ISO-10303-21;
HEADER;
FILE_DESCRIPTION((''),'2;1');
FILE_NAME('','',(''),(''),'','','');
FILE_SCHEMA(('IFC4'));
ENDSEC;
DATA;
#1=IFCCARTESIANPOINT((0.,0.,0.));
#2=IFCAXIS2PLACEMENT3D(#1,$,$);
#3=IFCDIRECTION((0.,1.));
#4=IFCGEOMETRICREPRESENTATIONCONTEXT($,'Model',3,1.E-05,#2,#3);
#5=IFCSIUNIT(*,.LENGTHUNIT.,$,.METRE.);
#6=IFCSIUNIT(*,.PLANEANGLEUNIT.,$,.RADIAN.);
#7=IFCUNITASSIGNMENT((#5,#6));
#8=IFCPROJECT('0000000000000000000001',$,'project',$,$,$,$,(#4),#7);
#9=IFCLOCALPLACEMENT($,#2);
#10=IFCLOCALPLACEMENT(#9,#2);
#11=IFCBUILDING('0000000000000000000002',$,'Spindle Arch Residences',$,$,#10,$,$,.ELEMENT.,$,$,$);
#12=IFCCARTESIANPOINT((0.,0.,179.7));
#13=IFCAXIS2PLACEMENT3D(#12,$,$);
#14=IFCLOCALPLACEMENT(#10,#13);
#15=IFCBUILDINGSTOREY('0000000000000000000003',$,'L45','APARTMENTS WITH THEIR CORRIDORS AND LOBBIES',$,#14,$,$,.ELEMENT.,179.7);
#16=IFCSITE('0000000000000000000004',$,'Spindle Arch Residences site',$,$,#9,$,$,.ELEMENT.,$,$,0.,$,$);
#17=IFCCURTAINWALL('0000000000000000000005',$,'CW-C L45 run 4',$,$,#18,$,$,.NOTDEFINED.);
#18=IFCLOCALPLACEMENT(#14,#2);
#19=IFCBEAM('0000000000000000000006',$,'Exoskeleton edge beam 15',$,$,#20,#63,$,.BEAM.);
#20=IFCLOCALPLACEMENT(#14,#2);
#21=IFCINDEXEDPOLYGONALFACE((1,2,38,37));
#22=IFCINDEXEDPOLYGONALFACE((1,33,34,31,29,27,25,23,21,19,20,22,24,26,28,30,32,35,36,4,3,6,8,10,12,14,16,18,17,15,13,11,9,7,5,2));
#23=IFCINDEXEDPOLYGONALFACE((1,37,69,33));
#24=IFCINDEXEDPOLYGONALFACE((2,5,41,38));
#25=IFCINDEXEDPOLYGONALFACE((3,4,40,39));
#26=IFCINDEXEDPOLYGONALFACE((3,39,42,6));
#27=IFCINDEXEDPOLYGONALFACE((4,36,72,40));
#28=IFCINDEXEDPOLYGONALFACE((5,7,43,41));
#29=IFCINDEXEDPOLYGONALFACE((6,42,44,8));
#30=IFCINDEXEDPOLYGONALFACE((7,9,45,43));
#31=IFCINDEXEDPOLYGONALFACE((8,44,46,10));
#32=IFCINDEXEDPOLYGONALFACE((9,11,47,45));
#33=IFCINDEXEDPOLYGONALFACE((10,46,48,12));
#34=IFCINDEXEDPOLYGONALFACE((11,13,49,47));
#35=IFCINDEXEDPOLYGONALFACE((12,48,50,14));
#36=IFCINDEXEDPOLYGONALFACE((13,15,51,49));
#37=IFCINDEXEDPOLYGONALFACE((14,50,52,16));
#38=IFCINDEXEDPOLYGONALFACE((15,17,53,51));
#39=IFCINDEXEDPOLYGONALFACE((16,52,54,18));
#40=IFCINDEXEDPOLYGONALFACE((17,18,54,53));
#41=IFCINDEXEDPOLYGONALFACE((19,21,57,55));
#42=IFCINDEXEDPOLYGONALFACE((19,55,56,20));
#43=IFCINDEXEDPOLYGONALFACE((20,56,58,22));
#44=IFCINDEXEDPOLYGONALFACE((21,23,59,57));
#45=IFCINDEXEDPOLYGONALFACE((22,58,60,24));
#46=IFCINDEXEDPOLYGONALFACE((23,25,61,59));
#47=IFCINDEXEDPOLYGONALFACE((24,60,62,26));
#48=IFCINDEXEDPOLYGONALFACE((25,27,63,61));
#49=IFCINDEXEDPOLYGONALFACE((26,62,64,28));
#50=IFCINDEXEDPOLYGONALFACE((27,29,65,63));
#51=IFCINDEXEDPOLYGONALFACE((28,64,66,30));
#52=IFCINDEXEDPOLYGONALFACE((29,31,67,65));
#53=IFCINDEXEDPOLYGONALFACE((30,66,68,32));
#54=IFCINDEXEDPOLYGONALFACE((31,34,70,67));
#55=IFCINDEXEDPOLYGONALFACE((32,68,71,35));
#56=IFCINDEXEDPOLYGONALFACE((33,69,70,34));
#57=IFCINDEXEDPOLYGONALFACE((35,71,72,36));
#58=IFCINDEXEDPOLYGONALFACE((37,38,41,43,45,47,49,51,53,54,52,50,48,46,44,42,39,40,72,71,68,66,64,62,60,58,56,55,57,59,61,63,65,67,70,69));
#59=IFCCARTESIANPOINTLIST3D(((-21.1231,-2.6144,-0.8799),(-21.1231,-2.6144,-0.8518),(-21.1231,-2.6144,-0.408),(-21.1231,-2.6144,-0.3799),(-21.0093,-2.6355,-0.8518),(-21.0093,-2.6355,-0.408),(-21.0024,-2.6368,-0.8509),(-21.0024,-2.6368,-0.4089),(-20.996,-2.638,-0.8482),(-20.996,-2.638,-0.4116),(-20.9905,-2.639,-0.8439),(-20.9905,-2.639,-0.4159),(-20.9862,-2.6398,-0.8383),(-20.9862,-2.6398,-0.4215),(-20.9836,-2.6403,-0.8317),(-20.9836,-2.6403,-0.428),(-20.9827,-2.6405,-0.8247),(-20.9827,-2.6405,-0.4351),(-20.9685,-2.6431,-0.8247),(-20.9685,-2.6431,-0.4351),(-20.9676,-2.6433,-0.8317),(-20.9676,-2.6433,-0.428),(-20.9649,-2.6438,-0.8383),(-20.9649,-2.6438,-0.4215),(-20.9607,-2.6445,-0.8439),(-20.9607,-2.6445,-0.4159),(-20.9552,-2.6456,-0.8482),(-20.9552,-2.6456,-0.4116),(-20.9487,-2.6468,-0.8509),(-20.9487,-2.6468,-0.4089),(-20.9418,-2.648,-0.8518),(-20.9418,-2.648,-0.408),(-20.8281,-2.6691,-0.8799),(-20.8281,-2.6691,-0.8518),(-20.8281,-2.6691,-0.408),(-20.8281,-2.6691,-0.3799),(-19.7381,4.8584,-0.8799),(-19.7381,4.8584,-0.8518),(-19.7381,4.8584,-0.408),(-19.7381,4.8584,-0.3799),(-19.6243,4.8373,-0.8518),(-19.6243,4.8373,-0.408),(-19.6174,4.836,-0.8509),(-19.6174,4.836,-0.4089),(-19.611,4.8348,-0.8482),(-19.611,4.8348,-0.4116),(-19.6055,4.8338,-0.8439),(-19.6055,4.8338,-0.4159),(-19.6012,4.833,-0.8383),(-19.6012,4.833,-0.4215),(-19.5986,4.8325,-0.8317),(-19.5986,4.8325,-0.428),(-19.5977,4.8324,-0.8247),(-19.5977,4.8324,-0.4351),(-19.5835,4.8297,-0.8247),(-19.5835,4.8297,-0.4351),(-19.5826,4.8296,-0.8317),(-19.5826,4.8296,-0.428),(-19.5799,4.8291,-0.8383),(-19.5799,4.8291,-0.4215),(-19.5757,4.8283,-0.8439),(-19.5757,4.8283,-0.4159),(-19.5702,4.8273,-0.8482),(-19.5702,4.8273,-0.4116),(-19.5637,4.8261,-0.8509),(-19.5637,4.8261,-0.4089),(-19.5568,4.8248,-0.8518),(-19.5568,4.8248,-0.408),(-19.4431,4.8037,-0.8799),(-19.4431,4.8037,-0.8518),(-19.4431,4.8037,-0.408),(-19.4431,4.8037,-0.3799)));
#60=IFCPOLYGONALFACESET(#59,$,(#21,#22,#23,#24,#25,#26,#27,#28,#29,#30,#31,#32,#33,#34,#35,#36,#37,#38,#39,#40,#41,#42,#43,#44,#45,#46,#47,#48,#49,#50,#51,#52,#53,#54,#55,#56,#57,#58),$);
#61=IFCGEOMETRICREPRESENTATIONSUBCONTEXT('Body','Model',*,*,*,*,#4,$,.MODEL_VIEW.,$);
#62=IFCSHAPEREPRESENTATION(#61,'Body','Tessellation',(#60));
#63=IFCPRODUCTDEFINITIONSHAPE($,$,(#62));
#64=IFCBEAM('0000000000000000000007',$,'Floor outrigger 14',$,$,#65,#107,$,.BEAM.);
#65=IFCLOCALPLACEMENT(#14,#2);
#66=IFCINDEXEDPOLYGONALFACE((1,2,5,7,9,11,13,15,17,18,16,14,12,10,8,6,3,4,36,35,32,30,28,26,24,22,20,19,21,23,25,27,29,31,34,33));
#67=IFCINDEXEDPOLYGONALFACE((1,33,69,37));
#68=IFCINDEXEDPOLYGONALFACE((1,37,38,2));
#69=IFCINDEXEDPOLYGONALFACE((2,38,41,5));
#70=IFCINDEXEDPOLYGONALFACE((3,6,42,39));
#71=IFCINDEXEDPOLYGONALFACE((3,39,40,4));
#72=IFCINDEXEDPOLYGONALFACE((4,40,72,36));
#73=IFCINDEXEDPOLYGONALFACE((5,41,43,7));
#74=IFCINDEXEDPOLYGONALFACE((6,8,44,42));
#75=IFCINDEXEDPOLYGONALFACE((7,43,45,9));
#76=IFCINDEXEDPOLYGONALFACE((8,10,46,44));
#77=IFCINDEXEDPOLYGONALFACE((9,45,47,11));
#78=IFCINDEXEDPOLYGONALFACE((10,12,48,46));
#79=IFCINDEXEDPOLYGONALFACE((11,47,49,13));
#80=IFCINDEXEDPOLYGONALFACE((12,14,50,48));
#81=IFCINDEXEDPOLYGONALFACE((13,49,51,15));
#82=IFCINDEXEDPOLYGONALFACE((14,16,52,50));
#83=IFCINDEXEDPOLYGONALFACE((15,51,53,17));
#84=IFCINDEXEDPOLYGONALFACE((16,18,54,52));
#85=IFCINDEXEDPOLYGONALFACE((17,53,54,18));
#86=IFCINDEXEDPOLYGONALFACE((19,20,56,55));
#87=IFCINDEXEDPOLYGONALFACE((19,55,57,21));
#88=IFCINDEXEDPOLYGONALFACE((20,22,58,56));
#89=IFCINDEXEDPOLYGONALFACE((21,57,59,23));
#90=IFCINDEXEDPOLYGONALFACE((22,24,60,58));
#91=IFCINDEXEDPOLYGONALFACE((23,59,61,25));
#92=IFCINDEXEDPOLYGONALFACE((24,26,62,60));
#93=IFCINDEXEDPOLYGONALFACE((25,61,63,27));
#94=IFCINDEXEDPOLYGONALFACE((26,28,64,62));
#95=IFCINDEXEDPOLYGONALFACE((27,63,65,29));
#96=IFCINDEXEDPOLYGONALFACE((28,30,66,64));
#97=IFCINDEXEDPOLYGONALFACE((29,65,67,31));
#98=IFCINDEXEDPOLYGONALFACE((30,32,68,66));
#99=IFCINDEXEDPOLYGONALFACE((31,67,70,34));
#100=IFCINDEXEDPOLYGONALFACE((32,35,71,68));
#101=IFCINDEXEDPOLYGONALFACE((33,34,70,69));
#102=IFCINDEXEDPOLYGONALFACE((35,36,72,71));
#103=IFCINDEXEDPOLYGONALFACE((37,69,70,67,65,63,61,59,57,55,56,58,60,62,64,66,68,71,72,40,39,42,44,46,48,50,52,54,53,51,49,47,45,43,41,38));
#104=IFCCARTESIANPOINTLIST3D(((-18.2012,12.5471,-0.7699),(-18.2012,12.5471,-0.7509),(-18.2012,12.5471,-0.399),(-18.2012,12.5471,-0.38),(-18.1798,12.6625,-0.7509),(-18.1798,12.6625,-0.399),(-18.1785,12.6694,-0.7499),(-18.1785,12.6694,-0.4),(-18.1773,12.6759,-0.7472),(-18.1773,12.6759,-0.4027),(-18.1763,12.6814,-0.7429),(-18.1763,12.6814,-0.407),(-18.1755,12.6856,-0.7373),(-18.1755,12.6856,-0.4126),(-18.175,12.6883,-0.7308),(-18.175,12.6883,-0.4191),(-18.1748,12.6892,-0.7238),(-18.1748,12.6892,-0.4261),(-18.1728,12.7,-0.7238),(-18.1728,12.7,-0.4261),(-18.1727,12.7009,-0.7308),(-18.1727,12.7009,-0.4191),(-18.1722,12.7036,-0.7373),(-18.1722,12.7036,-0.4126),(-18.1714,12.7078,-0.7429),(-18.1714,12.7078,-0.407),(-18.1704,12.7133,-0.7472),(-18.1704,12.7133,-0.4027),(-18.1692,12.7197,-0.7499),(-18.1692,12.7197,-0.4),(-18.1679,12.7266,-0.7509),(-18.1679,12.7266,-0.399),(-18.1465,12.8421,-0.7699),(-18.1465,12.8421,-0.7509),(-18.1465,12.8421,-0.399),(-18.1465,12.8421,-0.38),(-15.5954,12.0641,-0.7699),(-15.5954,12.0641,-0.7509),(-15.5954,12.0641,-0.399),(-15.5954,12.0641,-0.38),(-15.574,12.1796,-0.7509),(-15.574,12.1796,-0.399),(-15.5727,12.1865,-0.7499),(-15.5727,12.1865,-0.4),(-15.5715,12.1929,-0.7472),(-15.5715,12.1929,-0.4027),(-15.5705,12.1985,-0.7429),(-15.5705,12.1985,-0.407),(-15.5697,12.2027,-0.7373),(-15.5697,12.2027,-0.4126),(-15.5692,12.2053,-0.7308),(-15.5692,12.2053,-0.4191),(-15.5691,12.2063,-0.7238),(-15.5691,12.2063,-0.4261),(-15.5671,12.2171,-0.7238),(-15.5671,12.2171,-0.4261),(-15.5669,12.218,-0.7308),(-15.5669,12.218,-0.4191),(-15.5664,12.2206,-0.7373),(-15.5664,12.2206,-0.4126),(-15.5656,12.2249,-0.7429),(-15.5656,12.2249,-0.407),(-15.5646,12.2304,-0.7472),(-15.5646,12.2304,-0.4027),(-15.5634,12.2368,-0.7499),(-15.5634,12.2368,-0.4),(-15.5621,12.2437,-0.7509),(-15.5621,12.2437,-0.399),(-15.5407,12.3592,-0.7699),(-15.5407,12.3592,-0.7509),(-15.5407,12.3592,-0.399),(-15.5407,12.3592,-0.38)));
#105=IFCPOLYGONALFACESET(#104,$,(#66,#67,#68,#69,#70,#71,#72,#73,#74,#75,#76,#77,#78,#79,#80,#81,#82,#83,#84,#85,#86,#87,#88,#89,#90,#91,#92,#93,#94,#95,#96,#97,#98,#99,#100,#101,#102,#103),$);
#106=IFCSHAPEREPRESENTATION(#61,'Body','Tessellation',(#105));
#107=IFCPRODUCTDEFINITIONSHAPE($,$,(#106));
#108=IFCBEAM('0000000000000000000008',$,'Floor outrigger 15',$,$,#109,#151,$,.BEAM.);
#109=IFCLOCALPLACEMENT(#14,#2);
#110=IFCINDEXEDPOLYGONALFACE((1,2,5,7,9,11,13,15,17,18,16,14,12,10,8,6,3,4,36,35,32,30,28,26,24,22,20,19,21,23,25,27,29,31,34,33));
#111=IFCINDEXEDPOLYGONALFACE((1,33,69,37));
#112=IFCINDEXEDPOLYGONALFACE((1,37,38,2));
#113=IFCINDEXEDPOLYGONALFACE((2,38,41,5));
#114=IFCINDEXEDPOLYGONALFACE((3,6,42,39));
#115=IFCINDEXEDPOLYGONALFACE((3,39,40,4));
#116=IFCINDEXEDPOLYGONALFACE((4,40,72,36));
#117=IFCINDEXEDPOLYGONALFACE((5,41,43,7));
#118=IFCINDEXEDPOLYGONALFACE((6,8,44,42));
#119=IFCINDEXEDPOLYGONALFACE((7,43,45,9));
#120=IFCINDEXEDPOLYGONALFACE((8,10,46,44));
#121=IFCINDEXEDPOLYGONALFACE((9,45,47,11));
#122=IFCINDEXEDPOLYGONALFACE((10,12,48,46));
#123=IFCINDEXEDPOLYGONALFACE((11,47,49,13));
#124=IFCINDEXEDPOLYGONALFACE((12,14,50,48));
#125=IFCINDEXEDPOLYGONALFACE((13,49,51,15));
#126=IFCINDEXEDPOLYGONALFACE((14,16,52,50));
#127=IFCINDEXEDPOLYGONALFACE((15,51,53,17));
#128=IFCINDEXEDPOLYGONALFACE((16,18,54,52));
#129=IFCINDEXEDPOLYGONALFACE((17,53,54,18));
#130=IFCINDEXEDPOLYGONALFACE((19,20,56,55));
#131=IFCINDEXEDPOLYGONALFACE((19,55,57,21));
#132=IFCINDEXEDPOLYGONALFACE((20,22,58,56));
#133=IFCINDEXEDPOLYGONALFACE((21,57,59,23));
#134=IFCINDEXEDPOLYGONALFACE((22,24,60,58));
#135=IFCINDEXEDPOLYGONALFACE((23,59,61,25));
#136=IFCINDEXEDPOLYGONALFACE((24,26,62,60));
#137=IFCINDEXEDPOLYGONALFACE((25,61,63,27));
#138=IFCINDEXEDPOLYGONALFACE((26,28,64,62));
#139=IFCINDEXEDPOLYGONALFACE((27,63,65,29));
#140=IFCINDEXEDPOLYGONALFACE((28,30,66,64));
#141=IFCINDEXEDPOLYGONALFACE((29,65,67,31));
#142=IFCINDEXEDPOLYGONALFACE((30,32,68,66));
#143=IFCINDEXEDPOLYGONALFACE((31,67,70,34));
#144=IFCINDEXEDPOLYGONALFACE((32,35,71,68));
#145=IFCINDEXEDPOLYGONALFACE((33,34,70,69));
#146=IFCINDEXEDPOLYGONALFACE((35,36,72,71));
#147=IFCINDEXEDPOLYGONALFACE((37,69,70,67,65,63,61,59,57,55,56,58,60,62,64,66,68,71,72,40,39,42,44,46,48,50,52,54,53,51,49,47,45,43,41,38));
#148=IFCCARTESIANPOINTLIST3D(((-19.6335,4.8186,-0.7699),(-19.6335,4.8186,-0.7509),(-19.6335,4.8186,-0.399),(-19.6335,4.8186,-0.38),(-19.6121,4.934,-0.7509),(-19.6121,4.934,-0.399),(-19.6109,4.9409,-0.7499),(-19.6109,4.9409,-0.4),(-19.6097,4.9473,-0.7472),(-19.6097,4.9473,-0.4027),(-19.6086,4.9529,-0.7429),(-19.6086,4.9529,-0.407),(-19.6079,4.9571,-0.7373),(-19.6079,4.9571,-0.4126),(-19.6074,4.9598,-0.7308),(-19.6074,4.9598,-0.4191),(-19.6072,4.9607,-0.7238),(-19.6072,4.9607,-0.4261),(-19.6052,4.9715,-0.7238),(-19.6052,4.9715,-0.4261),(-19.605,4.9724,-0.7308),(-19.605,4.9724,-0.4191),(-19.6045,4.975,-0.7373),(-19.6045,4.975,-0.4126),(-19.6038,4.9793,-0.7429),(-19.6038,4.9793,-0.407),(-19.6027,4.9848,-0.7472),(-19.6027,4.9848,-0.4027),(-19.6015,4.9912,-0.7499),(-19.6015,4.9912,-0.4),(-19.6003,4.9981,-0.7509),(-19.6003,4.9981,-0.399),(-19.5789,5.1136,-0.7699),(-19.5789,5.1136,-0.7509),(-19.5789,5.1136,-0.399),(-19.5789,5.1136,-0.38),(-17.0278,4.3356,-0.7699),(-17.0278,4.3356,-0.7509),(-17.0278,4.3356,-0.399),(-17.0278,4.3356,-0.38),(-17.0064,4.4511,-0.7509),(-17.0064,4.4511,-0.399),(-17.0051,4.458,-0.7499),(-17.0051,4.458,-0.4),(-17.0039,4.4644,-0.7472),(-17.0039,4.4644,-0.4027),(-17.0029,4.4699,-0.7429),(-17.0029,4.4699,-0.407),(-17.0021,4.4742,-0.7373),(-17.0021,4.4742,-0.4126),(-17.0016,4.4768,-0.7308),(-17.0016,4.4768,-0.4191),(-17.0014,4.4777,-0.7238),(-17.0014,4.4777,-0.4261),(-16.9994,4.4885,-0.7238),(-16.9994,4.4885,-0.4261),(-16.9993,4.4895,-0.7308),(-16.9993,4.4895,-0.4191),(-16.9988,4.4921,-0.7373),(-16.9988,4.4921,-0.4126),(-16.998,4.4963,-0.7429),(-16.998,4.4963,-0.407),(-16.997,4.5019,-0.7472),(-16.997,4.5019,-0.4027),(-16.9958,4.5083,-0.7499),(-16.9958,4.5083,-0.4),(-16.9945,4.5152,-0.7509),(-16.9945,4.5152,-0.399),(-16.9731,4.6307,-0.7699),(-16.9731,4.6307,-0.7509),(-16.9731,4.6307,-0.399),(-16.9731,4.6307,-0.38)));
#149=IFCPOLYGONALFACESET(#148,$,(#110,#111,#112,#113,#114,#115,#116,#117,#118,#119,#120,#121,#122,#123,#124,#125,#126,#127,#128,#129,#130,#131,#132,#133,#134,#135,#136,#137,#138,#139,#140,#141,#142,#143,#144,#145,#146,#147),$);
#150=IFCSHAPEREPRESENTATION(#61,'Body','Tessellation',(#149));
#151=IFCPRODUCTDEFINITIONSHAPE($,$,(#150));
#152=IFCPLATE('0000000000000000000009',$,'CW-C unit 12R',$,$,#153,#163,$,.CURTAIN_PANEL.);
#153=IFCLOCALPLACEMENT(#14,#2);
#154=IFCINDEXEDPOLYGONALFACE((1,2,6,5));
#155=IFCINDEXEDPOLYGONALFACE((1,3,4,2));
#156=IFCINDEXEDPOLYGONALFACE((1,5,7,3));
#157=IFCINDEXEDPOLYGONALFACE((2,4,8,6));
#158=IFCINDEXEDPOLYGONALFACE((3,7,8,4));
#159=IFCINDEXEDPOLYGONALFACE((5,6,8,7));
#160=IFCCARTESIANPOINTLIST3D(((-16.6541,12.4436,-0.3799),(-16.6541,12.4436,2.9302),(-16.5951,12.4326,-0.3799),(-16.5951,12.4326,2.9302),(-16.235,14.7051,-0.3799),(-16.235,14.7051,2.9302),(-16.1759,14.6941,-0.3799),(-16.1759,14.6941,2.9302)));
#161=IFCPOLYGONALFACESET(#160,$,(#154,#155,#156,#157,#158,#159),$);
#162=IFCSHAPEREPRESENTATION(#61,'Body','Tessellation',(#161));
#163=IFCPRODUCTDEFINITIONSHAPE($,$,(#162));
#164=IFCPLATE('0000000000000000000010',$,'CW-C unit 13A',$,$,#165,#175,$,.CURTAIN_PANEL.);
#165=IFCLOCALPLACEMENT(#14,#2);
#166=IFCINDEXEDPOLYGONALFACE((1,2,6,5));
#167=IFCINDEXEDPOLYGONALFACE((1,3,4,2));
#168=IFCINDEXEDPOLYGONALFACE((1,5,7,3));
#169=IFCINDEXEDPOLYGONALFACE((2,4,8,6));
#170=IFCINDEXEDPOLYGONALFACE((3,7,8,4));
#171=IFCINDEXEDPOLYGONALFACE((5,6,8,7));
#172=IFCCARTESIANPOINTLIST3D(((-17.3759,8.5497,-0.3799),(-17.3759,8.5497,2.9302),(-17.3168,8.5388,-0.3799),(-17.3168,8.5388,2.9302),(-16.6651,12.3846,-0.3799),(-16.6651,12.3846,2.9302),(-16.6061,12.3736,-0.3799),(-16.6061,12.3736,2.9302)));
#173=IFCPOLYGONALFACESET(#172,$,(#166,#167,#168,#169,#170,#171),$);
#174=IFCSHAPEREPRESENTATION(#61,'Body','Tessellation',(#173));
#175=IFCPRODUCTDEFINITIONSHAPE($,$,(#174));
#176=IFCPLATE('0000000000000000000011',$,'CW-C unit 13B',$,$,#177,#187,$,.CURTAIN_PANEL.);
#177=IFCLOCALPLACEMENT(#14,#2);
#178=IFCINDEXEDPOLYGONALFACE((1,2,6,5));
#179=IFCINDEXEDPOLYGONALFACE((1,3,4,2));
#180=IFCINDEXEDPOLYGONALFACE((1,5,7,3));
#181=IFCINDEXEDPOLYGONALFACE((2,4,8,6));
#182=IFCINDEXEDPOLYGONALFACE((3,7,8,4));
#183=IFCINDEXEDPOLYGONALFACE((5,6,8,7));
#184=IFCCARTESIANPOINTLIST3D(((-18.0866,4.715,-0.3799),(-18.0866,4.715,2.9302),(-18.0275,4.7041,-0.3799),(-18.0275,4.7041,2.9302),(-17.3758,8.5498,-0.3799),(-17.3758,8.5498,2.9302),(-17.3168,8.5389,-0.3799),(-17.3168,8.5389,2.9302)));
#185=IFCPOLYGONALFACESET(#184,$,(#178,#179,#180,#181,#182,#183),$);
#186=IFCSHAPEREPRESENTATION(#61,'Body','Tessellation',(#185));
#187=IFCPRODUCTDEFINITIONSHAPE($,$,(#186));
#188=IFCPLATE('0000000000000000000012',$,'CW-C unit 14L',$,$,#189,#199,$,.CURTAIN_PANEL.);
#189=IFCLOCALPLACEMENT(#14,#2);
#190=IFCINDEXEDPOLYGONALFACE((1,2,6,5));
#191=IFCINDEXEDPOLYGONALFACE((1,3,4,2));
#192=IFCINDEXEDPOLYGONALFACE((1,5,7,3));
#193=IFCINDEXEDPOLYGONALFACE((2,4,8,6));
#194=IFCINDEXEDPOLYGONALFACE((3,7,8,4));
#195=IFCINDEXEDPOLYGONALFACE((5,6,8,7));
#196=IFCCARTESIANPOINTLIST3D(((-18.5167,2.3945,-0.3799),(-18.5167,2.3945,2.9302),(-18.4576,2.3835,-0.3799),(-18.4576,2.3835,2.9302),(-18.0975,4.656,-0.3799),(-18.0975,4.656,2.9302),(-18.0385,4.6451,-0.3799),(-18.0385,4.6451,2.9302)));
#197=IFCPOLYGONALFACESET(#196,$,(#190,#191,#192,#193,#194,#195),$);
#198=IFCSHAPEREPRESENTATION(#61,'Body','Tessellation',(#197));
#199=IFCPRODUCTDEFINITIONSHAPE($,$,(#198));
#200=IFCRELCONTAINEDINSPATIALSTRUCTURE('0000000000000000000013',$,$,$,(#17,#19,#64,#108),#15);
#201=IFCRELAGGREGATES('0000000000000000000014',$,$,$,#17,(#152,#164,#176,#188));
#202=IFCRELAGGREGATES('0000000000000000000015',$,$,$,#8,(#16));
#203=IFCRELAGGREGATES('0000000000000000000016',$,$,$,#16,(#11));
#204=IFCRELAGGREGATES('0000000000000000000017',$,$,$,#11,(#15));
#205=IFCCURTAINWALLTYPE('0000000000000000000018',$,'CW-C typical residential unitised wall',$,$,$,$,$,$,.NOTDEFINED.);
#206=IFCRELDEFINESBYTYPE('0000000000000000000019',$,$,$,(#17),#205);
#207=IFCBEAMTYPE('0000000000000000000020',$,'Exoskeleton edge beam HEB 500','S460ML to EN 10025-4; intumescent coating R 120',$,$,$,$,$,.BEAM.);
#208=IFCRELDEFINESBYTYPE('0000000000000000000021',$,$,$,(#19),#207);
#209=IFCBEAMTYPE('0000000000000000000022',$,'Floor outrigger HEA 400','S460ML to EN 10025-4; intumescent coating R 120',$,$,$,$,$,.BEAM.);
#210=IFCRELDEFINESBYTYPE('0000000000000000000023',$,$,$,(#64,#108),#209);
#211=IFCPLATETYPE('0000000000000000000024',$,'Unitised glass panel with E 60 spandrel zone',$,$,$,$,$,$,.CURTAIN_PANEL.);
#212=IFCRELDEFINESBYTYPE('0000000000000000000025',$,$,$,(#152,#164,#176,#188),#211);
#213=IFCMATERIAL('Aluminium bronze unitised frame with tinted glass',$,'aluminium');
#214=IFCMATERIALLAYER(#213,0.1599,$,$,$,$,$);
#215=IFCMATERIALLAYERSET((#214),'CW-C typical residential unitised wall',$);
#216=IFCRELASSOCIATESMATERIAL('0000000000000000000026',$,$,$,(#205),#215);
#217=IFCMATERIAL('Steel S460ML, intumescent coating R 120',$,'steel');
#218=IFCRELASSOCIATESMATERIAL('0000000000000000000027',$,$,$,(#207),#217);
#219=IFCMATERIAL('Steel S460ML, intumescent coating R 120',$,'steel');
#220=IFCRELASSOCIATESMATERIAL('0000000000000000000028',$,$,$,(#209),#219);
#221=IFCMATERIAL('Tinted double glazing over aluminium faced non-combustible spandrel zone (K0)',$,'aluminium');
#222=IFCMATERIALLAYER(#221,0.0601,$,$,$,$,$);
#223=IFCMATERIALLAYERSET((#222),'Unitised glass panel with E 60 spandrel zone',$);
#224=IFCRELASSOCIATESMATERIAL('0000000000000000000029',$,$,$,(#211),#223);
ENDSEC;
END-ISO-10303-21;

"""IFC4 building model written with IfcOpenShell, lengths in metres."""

from ifc_helpers import new_model, si_unit, direction, frame, origin, origin_2d, place, context, subcontext, project, spatial, rectangle, i_section, extrude, material, layer, layer_set, material_profile, profile_set, type_object, element, aggregate, save


model = new_model("IFC4")

# Units and contexts
model_context = context("Model", 3, precision=1e-05, world=origin(), true_north=direction((0.0, 1.0)))
body_context = subcontext(model_context, "Body", "Model", "MODEL_VIEW")
ifc_project = project(units=[si_unit("LENGTHUNIT", "METRE"), si_unit("PLANEANGLEUNIT", "RADIAN")], contexts=[model_context])

# Site, building, storey
site_placement = place(None, origin())
site = spatial("IfcSite", under=ifc_project, at=site_placement, Name="Spindle Arch Residences site", CompositionType="ELEMENT", RefElevation=0.0)
building_placement = place(site_placement, origin())
building = spatial("IfcBuilding", under=site, at=building_placement, Name="Spindle Arch Residences", CompositionType="ELEMENT")
storey_placement = place(building_placement, frame((0.0, 0.0, 179.7)))
storey = spatial("IfcBuildingStorey", under=building, at=storey_placement, Name="L45", Description="APARTMENTS WITH THEIR CORRIDORS AND LOBBIES", CompositionType="ELEMENT", Elevation=179.7)

# Curtain wall
ifc_material_1 = material(Name="Aluminium bronze unitised frame with tinted glass", Category="aluminium")
ifc_layer_1 = layer(ifc_material_1, 0.1599)
ifc_layer_set_1 = layer_set([ifc_layer_1], Name="CW-C typical residential unitised wall")
curtain_wall_type = type_object("IfcCurtainWallType", Name="CW-C typical residential unitised wall", PredefinedType="NOTDEFINED", material=ifc_layer_set_1)
curtain_wall_placement = place(storey_placement, origin())
curtain_wall = element("IfcCurtainWall", 1, at=curtain_wall_placement, inside=storey, type_object=curtain_wall_type, Name="CW-C L45 run 4", PredefinedType="NOTDEFINED")

# Beams
ifc_material_2 = material(Name="Steel S460ML, intumescent coating R 120", Category="steel")
ifc_material_profile_1 = material_profile(ifc_material_2, i_section(OverallWidth=0.3, OverallDepth=0.5, WebThickness=0.0144, FlangeThickness=0.0281, FilletRadius=0.0271, at=origin_2d()), Name="HEB 500")
ifc_profile_set_1 = profile_set([ifc_material_profile_1], Name="Steel S460ML, intumescent coating R 120")
beam_type_1 = type_object("IfcBeamType", Name="Exoskeleton edge beam HEB 500", Description="S460ML to EN 10025-4; intumescent coating R 120", PredefinedType="BEAM", material=ifc_profile_set_1)
for number, where, z_axis, x_axis, name in (
    (2, (-19.5906, 4.8311, -0.6299), (-0.182234, -0.983255, 0.0), (0.983255, -0.182234, 0.0), "Exoskeleton edge beam 15"),
):
    element("IfcBeam", number, at=place(storey_placement, frame(where, z_axis=z_axis, x_axis=x_axis)), inside=storey, type_object=beam_type_1, Name=name, PredefinedType="BEAM", context=body_context, shape_type="SweptSolid", body=[
        extrude(i_section(OverallWidth=0.3, OverallDepth=0.5, WebThickness=0.0144, FlangeThickness=0.0281, FilletRadius=0.0271, at=origin_2d()), origin(), (0.0, 0.0, 1.0), 7.6001),
    ])
ifc_material_3 = material(Name="Steel S460ML, intumescent coating R 120", Category="steel")
ifc_material_profile_2 = material_profile(ifc_material_3, i_section(OverallWidth=0.3, OverallDepth=0.3899, WebThickness=0.011, FlangeThickness=0.019, FilletRadius=0.0271, at=origin_2d()), Name="HEA 400")
ifc_profile_set_2 = profile_set([ifc_material_profile_2], Name="Steel S460ML, intumescent coating R 120")
beam_type_2 = type_object("IfcBeamType", Name="Floor outrigger HEA 400", Description="S460ML to EN 10025-4; intumescent coating R 120", PredefinedType="BEAM", material=ifc_profile_set_2)
for number, where, z_axis, x_axis, name in (
    (3, (-18.1738, 12.6946, -0.575), (0.983257, -0.182225, 0.0), (0.182225, 0.983257, 0.0), "Floor outrigger 14"),
    (4, (-19.6062, 4.9661, -0.575), (0.983257, -0.182225, 0.0), (0.182225, 0.983257, 0.0), "Floor outrigger 15"),
):
    element("IfcBeam", number, at=place(storey_placement, frame(where, z_axis=z_axis, x_axis=x_axis)), inside=storey, type_object=beam_type_2, Name=name, PredefinedType="BEAM", context=body_context, shape_type="SweptSolid", body=[
        extrude(i_section(OverallWidth=0.3, OverallDepth=0.3899, WebThickness=0.011, FlangeThickness=0.019, FilletRadius=0.0271, at=origin_2d()), origin(), (0.0, 0.0, 1.0), 2.6501),
    ])

# Plates
ifc_material_4 = material(Name="Tinted double glazing over aluminium faced non-combustible spandrel zone (K0)", Category="aluminium")
ifc_layer_2 = layer(ifc_material_4, 0.0601)
ifc_layer_set_2 = layer_set([ifc_layer_2], Name="Unitised glass panel with E 60 spandrel zone")
plate_type = type_object("IfcPlateType", Name="Unitised glass panel with E 60 spandrel zone", PredefinedType="CURTAIN_PANEL", material=ifc_layer_set_2)
plate_1_placement = place(storey_placement, frame((-16.415, 13.5688, -0.3799), z_axis=(0.0, 0.0, 1.0), x_axis=(-0.182236, -0.983255, 0.0)))
plate_1 = element("IfcPlate", 5, at=plate_1_placement, type_object=plate_type, Name="CW-C unit 12R", PredefinedType="CURTAIN_PANEL", context=body_context, shape_type="SweptSolid", body=[
    extrude(rectangle(XDim=2.3, YDim=0.0601, at=origin_2d()), origin(), (0.0, 0.0, 1.0), 3.3101),
])
plate_2_placement = place(storey_placement, frame((-16.991, 10.4617, -0.3799), z_axis=(0.0, 0.0, 1.0), x_axis=(-0.182236, -0.983255, 0.0)))
plate_2 = element("IfcPlate", 6, at=plate_2_placement, type_object=plate_type, Name="CW-C unit 13A", PredefinedType="CURTAIN_PANEL", context=body_context, shape_type="SweptSolid", body=[
    extrude(rectangle(XDim=3.9001, YDim=0.0601, at=origin_2d()), origin(), (0.0, 0.0, 1.0), 3.3101),
])
plate_3_placement = place(storey_placement, frame((-17.7017, 6.627, -0.3799), z_axis=(0.0, 0.0, 1.0), x_axis=(-0.182236, -0.983255, 0.0)))
plate_3 = element("IfcPlate", 7, at=plate_3_placement, type_object=plate_type, Name="CW-C unit 13B", PredefinedType="CURTAIN_PANEL", context=body_context, shape_type="SweptSolid", body=[
    extrude(rectangle(XDim=3.9001, YDim=0.0601, at=origin_2d()), origin(), (0.0, 0.0, 1.0), 3.3101),
])
plate_4_placement = place(storey_placement, frame((-18.2776, 3.5198, -0.3799), z_axis=(0.0, 0.0, 1.0), x_axis=(-0.182236, -0.983255, 0.0)))
plate_4 = element("IfcPlate", 8, at=plate_4_placement, type_object=plate_type, Name="CW-C unit 14L", PredefinedType="CURTAIN_PANEL", context=body_context, shape_type="SweptSolid", body=[
    extrude(rectangle(XDim=2.3, YDim=0.0601, at=origin_2d()), origin(), (0.0, 0.0, 1.0), 3.3101),
])
aggregate(curtain_wall, [plate_1, plate_2, plate_3, plate_4])

save(model, "model.ifc")
